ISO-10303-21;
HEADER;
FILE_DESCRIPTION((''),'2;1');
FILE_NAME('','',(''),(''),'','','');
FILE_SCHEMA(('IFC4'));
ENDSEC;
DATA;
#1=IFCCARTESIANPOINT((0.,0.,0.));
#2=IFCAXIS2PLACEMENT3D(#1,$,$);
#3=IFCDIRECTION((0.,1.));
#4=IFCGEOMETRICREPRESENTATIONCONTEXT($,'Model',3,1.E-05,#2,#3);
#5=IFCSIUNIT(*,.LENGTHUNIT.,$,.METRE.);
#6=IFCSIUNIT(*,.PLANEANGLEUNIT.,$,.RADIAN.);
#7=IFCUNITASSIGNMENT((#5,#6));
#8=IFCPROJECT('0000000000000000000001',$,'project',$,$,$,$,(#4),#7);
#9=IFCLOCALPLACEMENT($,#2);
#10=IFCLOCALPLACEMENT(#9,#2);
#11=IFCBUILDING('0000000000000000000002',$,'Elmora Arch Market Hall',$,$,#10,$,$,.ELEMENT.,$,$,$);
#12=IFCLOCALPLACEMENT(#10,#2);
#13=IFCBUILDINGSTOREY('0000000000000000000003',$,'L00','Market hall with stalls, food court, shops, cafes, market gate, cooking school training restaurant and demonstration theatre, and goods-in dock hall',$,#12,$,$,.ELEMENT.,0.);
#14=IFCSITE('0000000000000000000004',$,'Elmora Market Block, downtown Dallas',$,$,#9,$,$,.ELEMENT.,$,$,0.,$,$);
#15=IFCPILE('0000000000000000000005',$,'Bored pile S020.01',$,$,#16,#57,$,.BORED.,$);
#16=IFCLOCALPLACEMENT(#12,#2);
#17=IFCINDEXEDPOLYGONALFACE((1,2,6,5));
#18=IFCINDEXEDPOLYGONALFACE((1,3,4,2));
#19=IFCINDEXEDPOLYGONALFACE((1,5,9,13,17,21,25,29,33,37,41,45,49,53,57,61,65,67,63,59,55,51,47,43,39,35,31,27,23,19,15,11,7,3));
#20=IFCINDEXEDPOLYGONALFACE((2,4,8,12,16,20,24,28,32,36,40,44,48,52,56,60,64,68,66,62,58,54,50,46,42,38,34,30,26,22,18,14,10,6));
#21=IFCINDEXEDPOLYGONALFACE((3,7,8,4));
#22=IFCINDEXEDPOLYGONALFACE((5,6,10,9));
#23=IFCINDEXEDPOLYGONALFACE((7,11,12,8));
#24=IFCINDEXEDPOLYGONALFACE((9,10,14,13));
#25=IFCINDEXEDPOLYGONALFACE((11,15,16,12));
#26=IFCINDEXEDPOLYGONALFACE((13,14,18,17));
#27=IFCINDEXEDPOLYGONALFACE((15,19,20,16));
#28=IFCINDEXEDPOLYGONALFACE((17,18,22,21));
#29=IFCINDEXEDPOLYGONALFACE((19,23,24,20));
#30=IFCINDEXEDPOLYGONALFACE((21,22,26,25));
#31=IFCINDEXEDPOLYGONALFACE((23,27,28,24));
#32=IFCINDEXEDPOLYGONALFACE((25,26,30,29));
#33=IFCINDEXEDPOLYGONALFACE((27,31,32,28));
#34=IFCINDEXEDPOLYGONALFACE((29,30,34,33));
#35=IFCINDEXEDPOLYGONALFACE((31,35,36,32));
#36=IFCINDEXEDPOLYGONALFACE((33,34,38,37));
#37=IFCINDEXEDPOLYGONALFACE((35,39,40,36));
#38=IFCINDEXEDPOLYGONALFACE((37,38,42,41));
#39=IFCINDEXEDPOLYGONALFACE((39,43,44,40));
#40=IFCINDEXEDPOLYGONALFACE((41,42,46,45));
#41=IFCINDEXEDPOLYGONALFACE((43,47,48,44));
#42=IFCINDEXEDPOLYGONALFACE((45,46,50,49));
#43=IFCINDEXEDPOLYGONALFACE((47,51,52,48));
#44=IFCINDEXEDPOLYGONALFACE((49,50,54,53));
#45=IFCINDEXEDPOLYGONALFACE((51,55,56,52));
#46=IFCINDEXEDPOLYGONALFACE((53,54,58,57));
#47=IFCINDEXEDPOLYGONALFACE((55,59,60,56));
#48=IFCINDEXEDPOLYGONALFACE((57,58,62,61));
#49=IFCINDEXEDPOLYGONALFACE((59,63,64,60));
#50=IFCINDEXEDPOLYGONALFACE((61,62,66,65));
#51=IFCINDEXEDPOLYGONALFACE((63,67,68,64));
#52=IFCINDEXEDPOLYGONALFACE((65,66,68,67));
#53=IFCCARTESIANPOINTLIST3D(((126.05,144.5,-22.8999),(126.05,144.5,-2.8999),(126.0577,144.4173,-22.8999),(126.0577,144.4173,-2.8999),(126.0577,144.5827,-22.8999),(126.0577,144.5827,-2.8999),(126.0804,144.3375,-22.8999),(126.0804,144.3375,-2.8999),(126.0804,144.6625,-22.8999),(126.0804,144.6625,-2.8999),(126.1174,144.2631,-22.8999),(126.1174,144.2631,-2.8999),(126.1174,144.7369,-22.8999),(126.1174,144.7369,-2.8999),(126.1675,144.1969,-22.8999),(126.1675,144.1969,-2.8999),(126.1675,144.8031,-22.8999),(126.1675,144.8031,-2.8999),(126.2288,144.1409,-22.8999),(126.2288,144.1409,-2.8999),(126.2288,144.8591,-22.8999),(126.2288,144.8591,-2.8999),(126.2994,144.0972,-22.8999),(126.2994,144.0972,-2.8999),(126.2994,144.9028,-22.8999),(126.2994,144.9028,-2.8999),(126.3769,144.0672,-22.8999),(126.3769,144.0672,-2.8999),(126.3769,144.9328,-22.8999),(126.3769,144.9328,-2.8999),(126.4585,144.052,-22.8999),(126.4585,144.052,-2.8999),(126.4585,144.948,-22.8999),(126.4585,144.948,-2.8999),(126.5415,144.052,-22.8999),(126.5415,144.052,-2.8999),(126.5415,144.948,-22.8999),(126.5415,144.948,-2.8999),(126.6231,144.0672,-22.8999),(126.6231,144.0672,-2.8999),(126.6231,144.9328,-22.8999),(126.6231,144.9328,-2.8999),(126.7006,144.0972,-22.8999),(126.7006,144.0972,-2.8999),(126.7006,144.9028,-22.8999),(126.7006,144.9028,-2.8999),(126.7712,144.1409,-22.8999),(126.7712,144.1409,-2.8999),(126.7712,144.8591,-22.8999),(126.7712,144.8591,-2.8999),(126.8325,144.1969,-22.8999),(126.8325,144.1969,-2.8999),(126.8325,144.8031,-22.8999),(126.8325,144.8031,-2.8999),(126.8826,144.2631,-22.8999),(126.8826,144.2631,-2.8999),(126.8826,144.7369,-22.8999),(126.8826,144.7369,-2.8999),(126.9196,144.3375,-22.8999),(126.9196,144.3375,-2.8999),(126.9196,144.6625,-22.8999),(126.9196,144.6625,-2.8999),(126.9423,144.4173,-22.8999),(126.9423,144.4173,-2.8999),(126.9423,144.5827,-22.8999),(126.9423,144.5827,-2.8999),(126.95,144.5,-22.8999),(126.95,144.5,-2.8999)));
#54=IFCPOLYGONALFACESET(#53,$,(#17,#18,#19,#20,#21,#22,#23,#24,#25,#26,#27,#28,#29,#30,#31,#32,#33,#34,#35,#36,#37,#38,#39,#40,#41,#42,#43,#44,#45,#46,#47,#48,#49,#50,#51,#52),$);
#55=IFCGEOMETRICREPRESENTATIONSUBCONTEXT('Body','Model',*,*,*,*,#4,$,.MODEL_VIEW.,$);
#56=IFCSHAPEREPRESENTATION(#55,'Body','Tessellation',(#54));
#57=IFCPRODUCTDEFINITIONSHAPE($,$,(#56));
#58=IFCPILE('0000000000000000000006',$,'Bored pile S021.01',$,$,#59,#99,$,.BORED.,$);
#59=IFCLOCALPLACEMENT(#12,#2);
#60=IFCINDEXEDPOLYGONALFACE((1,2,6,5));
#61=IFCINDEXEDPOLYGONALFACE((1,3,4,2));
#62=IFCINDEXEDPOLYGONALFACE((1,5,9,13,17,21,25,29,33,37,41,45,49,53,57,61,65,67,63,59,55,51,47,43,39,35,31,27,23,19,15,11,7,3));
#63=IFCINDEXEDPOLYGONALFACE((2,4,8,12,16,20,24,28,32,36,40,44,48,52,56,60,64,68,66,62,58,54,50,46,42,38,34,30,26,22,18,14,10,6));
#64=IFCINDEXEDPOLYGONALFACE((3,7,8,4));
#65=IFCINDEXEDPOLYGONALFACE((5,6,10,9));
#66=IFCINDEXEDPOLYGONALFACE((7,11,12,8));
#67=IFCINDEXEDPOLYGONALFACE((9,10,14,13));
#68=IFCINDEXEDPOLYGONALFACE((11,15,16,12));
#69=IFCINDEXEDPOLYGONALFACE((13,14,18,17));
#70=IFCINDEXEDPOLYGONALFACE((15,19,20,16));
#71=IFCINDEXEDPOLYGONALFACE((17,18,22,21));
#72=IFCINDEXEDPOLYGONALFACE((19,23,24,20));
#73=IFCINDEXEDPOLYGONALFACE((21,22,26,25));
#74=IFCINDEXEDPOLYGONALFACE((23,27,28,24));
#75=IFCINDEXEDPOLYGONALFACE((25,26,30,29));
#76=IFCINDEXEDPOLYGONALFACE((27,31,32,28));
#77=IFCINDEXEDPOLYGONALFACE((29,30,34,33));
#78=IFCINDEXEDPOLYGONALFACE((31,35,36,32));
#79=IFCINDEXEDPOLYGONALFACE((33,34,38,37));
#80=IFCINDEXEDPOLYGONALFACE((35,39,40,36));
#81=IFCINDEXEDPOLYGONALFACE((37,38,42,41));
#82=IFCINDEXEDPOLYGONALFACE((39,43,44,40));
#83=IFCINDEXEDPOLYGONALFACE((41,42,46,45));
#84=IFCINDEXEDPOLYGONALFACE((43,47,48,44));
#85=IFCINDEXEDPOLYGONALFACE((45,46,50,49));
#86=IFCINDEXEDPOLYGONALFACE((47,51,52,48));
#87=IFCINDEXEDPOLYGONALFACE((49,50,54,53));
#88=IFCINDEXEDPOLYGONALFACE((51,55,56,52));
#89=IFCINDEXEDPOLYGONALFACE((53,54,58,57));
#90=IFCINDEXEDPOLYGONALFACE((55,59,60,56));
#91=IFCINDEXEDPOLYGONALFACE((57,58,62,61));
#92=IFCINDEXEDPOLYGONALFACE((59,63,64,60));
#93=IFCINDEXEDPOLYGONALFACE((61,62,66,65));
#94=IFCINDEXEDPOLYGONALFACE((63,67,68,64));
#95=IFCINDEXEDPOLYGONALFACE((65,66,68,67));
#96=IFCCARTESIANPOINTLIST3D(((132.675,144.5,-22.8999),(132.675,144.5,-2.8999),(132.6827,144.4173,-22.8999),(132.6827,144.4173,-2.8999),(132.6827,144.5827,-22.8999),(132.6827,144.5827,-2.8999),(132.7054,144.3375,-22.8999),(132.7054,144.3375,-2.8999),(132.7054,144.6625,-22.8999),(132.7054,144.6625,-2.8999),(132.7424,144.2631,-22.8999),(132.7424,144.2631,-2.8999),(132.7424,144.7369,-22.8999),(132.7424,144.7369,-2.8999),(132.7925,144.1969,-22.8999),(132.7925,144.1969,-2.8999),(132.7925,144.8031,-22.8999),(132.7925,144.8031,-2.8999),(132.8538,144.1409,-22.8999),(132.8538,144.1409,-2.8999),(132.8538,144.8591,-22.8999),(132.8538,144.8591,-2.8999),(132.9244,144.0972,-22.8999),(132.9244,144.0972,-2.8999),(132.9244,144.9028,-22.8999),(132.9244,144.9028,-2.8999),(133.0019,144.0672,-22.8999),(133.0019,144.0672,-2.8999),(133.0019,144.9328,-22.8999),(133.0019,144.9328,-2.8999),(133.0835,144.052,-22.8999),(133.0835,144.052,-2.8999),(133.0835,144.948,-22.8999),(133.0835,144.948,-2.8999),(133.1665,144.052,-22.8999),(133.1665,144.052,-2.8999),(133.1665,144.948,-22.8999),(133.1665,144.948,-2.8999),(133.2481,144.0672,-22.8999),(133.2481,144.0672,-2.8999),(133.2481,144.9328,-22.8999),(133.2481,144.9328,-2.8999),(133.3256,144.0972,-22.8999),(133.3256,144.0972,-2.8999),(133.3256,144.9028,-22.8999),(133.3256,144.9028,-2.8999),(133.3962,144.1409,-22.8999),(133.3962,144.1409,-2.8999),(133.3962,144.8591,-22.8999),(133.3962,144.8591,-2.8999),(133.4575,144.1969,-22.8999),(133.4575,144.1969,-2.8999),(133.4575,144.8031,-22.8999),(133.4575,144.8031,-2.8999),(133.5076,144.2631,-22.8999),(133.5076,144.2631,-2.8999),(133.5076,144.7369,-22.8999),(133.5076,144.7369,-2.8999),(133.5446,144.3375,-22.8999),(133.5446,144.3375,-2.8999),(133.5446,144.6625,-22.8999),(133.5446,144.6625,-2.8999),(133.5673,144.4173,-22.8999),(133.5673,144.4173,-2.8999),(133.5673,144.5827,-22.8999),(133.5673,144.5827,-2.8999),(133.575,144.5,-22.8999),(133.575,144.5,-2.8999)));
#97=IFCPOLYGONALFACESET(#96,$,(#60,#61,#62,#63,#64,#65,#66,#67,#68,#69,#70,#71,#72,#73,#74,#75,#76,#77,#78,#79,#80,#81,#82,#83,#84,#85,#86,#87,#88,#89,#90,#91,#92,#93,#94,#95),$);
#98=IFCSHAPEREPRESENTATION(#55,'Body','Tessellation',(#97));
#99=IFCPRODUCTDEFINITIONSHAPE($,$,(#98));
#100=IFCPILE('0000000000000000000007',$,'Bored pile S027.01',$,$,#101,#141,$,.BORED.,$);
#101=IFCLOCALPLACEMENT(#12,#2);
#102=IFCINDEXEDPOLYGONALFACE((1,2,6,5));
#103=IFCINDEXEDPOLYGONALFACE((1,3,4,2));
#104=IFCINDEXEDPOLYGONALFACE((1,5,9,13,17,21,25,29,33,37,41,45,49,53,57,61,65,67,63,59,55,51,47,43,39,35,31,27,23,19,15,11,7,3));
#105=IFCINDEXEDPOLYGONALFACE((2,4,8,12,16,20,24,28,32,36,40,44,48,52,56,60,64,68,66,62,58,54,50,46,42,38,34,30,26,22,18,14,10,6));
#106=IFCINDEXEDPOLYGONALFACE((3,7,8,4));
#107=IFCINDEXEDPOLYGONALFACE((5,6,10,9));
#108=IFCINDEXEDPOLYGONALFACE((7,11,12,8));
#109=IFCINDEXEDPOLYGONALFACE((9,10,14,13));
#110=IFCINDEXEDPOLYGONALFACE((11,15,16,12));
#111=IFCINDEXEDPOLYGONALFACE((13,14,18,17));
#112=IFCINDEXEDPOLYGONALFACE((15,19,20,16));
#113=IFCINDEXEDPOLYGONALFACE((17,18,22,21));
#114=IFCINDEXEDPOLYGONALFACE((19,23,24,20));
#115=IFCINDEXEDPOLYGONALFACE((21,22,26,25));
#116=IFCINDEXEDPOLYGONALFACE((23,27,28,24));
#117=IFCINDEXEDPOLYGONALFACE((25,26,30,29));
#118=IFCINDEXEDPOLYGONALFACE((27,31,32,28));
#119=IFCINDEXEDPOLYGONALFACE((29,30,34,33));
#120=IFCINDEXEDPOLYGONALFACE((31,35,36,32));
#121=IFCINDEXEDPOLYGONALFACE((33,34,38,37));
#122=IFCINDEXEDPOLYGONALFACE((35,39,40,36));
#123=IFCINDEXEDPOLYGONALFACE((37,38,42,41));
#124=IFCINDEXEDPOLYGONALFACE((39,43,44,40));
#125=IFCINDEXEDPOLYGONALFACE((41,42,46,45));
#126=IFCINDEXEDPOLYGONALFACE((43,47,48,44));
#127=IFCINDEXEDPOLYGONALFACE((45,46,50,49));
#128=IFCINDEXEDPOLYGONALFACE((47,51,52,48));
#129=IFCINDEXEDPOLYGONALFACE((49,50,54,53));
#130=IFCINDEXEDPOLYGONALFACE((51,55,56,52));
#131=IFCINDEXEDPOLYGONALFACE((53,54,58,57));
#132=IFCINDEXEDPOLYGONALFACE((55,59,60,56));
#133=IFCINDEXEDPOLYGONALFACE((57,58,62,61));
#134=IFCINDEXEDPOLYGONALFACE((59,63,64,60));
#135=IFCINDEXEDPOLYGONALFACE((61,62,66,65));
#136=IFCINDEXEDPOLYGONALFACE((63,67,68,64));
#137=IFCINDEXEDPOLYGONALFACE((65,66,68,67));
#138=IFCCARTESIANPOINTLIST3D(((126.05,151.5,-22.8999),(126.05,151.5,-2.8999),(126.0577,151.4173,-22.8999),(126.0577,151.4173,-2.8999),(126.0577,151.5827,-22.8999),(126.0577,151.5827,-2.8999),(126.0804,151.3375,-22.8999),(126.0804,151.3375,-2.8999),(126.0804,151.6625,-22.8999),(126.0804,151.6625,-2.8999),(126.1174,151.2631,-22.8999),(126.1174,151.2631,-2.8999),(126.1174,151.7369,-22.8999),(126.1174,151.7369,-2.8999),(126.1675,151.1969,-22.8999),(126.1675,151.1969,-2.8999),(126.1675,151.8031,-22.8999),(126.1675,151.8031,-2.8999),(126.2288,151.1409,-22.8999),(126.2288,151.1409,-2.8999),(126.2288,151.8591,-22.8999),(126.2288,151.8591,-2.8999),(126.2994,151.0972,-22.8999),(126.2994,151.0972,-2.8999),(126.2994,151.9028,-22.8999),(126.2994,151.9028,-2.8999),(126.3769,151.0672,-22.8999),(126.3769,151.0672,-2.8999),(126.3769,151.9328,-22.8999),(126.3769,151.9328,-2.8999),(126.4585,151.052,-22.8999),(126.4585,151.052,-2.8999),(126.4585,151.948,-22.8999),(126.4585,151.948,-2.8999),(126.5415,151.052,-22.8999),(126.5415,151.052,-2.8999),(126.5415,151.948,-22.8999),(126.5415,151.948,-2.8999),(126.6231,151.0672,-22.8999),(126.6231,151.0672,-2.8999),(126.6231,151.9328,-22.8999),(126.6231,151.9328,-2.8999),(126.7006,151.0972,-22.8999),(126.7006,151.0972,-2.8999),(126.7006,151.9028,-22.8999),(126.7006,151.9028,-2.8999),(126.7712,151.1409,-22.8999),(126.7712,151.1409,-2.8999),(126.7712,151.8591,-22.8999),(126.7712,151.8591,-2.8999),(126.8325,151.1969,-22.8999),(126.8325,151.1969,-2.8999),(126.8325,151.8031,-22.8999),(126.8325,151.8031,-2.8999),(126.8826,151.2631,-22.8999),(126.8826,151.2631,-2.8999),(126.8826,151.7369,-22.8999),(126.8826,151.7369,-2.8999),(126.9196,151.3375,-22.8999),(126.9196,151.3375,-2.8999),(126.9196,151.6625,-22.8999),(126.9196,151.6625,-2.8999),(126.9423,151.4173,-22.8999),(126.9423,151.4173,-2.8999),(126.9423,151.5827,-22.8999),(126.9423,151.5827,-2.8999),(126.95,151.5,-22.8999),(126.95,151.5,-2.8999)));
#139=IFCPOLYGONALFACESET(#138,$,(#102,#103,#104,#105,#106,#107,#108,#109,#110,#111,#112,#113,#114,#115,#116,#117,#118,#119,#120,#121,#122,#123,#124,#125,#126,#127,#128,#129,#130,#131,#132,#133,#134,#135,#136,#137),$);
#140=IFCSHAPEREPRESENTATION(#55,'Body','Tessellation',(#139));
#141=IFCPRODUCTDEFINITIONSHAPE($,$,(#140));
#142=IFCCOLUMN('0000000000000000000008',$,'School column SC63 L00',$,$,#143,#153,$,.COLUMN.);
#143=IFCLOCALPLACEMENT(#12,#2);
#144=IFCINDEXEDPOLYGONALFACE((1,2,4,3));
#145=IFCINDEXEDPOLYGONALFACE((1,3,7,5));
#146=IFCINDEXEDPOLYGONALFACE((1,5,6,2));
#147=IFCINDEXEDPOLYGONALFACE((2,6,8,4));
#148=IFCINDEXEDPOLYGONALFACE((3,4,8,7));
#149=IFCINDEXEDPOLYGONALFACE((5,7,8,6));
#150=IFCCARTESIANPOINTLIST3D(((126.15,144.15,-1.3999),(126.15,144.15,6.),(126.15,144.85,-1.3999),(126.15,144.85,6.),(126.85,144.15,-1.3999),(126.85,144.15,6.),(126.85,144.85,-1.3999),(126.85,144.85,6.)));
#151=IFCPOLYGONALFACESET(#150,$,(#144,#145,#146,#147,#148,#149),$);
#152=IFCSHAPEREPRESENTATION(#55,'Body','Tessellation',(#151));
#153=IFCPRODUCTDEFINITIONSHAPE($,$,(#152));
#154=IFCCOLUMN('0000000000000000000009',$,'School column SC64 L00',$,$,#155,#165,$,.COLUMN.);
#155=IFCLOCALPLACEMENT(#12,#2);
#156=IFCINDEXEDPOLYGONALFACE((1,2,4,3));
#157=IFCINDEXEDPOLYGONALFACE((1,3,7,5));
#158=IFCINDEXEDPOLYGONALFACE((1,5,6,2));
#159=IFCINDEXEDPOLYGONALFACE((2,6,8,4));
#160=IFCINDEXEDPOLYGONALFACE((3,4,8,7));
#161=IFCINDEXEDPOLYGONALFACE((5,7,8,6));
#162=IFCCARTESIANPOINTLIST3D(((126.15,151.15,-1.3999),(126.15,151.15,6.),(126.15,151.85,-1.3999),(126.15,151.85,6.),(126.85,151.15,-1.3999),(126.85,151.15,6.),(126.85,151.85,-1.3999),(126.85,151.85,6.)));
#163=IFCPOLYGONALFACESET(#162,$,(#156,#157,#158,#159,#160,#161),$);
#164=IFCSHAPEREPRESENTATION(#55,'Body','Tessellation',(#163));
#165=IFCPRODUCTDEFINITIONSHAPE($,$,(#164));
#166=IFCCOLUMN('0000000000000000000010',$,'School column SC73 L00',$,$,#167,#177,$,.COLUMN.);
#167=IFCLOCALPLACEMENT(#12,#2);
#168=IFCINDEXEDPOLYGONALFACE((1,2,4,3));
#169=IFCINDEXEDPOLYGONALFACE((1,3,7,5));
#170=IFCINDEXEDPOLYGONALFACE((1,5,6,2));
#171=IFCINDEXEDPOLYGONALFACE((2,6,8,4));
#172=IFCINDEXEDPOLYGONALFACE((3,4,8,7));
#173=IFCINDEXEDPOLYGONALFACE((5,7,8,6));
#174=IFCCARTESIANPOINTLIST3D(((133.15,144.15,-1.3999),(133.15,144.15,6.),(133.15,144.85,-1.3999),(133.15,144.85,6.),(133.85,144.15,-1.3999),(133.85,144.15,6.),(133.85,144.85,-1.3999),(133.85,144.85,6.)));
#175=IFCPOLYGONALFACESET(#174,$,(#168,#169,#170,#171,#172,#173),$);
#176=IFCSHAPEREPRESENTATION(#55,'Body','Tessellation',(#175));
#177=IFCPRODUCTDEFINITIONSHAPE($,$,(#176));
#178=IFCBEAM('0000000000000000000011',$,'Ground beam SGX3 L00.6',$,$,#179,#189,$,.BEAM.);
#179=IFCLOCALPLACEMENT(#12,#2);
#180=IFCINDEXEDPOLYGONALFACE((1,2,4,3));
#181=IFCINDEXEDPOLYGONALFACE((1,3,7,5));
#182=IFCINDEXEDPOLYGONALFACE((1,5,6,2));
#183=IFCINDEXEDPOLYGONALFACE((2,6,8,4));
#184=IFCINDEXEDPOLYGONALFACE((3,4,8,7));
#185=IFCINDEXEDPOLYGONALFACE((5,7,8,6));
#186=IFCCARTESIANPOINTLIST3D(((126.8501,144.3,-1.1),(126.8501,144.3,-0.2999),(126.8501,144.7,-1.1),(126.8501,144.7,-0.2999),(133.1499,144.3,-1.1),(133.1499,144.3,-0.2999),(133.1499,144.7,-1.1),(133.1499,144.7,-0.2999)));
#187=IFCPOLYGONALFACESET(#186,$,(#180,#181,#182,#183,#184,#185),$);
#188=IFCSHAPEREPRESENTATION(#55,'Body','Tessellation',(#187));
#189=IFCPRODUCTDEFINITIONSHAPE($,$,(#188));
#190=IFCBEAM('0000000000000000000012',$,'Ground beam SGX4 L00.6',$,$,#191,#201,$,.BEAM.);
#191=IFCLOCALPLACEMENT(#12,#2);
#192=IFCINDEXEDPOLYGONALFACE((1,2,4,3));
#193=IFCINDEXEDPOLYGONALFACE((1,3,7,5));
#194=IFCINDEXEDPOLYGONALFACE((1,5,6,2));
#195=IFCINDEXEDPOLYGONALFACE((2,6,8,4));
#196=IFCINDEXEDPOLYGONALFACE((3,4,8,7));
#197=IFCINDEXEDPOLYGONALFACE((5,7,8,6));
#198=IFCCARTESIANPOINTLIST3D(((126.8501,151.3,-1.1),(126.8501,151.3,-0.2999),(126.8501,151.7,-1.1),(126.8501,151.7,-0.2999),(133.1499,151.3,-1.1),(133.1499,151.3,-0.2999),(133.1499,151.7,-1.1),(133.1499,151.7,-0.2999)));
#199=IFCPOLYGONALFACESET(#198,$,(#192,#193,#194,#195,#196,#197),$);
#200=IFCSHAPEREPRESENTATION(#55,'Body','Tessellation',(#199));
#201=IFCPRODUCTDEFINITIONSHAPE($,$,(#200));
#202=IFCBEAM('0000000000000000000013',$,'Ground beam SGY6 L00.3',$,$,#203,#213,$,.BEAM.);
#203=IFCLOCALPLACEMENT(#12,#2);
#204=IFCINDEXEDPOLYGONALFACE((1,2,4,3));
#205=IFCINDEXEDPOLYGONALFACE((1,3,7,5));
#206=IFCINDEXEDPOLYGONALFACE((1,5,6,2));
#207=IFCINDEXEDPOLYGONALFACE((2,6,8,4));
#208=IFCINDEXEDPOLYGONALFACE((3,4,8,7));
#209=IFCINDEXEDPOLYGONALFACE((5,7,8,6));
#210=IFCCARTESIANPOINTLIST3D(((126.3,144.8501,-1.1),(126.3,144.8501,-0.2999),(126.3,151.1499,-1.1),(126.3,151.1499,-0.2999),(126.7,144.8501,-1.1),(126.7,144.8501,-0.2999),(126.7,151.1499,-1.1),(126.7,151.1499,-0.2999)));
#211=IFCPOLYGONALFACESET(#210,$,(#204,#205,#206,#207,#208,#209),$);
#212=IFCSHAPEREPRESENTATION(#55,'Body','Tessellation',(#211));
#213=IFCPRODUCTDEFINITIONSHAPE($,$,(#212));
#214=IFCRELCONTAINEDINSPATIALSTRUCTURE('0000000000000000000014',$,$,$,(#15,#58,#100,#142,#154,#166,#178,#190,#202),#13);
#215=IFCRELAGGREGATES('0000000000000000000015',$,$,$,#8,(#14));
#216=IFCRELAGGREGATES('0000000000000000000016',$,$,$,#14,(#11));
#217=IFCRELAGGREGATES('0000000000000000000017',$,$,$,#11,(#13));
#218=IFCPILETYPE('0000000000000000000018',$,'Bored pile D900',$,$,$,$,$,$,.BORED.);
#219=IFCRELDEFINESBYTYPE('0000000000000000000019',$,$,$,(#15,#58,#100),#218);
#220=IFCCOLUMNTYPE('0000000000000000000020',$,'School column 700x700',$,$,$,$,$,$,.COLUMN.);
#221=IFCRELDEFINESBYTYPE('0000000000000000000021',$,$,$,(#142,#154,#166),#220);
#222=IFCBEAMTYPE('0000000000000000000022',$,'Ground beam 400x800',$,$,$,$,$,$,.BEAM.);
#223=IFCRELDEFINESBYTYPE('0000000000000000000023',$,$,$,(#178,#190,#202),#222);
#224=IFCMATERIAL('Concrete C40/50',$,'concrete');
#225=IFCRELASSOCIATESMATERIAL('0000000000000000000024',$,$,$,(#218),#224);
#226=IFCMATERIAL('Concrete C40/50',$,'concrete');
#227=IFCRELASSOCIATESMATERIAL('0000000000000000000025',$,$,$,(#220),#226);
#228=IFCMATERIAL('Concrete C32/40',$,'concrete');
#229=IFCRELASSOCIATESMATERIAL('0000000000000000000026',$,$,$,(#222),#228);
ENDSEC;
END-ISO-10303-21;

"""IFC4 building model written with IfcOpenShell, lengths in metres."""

from ifc_helpers import new_model, si_unit, direction, frame, origin, origin_2d, place, context, subcontext, project, spatial, rectangle, circle, extrude, material, material_profile, profile_set, type_object, element, save


model = new_model("IFC4")

# Units and contexts
model_context = context("Model", 3, precision=1e-05, world=origin(), true_north=direction((0.0, 1.0)))
body_context = subcontext(model_context, "Body", "Model", "MODEL_VIEW")
ifc_project = project(units=[si_unit("LENGTHUNIT", "METRE"), si_unit("PLANEANGLEUNIT", "RADIAN")], contexts=[model_context])

# Site, building, storey
site_placement = place(None, origin())
site = spatial("IfcSite", under=ifc_project, at=site_placement, Name="Elmora Market Block, downtown Dallas", CompositionType="ELEMENT", RefElevation=0.0)
building_placement = place(site_placement, origin())
building = spatial("IfcBuilding", under=site, at=building_placement, Name="Elmora Arch Market Hall", CompositionType="ELEMENT")
storey_placement = place(building_placement, origin())
storey = spatial("IfcBuildingStorey", under=building, at=storey_placement, Name="L00", Description="Market hall with stalls, food court, shops, cafes, market gate, cooking school training restaurant and demonstration theatre, and goods-in dock hall", CompositionType="ELEMENT", Elevation=0.0)

# Piles
ifc_material_1 = material(Name="Concrete C40/50", Category="concrete")
ifc_material_profile_1 = material_profile(ifc_material_1, circle(Radius=0.45, at=origin_2d()), Name="Bored pile D900")
ifc_profile_set_1 = profile_set([ifc_material_profile_1], Name="Concrete C40/50")
pile_type = type_object("IfcPileType", Name="Bored pile D900", PredefinedType="BORED", material=ifc_profile_set_1)
for number, where, z_axis, x_axis, name in (
    (1, (126.5, 144.5, -2.8999), (0.0, 0.0, -1.0), (1.0, 0.0, 0.0), "Bored pile S020.01"),
    (2, (133.125, 144.5, -2.8999), (0.0, 0.0, -1.0), (1.0, 0.0, 0.0), "Bored pile S021.01"),
    (3, (126.5, 151.5, -2.8999), (0.0, 0.0, -1.0), (1.0, 0.0, 0.0), "Bored pile S027.01"),
):
    element("IfcPile", number, at=place(storey_placement, frame(where, z_axis=z_axis, x_axis=x_axis)), inside=storey, type_object=pile_type, Name=name, PredefinedType="BORED", context=body_context, shape_type="SweptSolid", body=[
        extrude(circle(Radius=0.45, at=origin_2d()), origin(), (0.0, 0.0, 1.0), 20.0),
    ])

# Columns
ifc_material_2 = material(Name="Concrete C40/50", Category="concrete")
ifc_material_profile_2 = material_profile(ifc_material_2, rectangle(XDim=0.7, YDim=0.7, at=origin_2d()), Name="School column 700x700")
ifc_profile_set_2 = profile_set([ifc_material_profile_2], Name="Concrete C40/50")
column_type = type_object("IfcColumnType", Name="School column 700x700", PredefinedType="COLUMN", material=ifc_profile_set_2)
for number, where, z_axis, x_axis, name in (
    (4, (126.5, 144.5, -1.3999), (0.0, 0.0, 1.0), (1.0, 0.0, 0.0), "School column SC63 L00"),
    (5, (126.5, 151.5, -1.3999), (0.0, 0.0, 1.0), (1.0, 0.0, 0.0), "School column SC64 L00"),
    (6, (133.5, 144.5, -1.3999), (0.0, 0.0, 1.0), (1.0, 0.0, 0.0), "School column SC73 L00"),
):
    element("IfcColumn", number, at=place(storey_placement, frame(where, z_axis=z_axis, x_axis=x_axis)), inside=storey, type_object=column_type, Name=name, PredefinedType="COLUMN", context=body_context, shape_type="SweptSolid", body=[
        extrude(rectangle(XDim=0.7, YDim=0.7, at=origin_2d()), origin(), (0.0, 0.0, 1.0), 7.3999),
    ])

# Beams
ifc_material_3 = material(Name="Concrete C32/40", Category="concrete")
ifc_material_profile_3 = material_profile(ifc_material_3, rectangle(XDim=0.3999, YDim=0.8, at=origin_2d()), Name="Ground beam 400x800")
ifc_profile_set_3 = profile_set([ifc_material_profile_3], Name="Concrete C32/40")
beam_type_1 = type_object("IfcBeamType", Name="Ground beam 400x800", PredefinedType="BEAM", material=ifc_profile_set_3)
for number, where, z_axis, x_axis, name in (
    (7, (126.8501, 144.5, -0.7), (1.0, 0.0, 0.0), (0.0, 1.0, 0.0), "Ground beam SGX3 L00.6"),
    (8, (126.8501, 151.5, -0.7), (1.0, 0.0, 0.0), (0.0, 1.0, 0.0), "Ground beam SGX4 L00.6"),
    (9, (126.5, 144.8501, -0.7), (0.0, 1.0, 0.0), (-1.0, 0.0, 0.0), "Ground beam SGY6 L00.3"),
):
    element("IfcBeam", number, at=place(storey_placement, frame(where, z_axis=z_axis, x_axis=x_axis)), inside=storey, type_object=beam_type_1, Name=name, PredefinedType="BEAM", context=body_context, shape_type="SweptSolid", body=[
        extrude(rectangle(XDim=0.3999, YDim=0.8, at=origin_2d()), origin(), (0.0, 0.0, 1.0), 6.2998),
    ])

save(model, "model.ifc")
